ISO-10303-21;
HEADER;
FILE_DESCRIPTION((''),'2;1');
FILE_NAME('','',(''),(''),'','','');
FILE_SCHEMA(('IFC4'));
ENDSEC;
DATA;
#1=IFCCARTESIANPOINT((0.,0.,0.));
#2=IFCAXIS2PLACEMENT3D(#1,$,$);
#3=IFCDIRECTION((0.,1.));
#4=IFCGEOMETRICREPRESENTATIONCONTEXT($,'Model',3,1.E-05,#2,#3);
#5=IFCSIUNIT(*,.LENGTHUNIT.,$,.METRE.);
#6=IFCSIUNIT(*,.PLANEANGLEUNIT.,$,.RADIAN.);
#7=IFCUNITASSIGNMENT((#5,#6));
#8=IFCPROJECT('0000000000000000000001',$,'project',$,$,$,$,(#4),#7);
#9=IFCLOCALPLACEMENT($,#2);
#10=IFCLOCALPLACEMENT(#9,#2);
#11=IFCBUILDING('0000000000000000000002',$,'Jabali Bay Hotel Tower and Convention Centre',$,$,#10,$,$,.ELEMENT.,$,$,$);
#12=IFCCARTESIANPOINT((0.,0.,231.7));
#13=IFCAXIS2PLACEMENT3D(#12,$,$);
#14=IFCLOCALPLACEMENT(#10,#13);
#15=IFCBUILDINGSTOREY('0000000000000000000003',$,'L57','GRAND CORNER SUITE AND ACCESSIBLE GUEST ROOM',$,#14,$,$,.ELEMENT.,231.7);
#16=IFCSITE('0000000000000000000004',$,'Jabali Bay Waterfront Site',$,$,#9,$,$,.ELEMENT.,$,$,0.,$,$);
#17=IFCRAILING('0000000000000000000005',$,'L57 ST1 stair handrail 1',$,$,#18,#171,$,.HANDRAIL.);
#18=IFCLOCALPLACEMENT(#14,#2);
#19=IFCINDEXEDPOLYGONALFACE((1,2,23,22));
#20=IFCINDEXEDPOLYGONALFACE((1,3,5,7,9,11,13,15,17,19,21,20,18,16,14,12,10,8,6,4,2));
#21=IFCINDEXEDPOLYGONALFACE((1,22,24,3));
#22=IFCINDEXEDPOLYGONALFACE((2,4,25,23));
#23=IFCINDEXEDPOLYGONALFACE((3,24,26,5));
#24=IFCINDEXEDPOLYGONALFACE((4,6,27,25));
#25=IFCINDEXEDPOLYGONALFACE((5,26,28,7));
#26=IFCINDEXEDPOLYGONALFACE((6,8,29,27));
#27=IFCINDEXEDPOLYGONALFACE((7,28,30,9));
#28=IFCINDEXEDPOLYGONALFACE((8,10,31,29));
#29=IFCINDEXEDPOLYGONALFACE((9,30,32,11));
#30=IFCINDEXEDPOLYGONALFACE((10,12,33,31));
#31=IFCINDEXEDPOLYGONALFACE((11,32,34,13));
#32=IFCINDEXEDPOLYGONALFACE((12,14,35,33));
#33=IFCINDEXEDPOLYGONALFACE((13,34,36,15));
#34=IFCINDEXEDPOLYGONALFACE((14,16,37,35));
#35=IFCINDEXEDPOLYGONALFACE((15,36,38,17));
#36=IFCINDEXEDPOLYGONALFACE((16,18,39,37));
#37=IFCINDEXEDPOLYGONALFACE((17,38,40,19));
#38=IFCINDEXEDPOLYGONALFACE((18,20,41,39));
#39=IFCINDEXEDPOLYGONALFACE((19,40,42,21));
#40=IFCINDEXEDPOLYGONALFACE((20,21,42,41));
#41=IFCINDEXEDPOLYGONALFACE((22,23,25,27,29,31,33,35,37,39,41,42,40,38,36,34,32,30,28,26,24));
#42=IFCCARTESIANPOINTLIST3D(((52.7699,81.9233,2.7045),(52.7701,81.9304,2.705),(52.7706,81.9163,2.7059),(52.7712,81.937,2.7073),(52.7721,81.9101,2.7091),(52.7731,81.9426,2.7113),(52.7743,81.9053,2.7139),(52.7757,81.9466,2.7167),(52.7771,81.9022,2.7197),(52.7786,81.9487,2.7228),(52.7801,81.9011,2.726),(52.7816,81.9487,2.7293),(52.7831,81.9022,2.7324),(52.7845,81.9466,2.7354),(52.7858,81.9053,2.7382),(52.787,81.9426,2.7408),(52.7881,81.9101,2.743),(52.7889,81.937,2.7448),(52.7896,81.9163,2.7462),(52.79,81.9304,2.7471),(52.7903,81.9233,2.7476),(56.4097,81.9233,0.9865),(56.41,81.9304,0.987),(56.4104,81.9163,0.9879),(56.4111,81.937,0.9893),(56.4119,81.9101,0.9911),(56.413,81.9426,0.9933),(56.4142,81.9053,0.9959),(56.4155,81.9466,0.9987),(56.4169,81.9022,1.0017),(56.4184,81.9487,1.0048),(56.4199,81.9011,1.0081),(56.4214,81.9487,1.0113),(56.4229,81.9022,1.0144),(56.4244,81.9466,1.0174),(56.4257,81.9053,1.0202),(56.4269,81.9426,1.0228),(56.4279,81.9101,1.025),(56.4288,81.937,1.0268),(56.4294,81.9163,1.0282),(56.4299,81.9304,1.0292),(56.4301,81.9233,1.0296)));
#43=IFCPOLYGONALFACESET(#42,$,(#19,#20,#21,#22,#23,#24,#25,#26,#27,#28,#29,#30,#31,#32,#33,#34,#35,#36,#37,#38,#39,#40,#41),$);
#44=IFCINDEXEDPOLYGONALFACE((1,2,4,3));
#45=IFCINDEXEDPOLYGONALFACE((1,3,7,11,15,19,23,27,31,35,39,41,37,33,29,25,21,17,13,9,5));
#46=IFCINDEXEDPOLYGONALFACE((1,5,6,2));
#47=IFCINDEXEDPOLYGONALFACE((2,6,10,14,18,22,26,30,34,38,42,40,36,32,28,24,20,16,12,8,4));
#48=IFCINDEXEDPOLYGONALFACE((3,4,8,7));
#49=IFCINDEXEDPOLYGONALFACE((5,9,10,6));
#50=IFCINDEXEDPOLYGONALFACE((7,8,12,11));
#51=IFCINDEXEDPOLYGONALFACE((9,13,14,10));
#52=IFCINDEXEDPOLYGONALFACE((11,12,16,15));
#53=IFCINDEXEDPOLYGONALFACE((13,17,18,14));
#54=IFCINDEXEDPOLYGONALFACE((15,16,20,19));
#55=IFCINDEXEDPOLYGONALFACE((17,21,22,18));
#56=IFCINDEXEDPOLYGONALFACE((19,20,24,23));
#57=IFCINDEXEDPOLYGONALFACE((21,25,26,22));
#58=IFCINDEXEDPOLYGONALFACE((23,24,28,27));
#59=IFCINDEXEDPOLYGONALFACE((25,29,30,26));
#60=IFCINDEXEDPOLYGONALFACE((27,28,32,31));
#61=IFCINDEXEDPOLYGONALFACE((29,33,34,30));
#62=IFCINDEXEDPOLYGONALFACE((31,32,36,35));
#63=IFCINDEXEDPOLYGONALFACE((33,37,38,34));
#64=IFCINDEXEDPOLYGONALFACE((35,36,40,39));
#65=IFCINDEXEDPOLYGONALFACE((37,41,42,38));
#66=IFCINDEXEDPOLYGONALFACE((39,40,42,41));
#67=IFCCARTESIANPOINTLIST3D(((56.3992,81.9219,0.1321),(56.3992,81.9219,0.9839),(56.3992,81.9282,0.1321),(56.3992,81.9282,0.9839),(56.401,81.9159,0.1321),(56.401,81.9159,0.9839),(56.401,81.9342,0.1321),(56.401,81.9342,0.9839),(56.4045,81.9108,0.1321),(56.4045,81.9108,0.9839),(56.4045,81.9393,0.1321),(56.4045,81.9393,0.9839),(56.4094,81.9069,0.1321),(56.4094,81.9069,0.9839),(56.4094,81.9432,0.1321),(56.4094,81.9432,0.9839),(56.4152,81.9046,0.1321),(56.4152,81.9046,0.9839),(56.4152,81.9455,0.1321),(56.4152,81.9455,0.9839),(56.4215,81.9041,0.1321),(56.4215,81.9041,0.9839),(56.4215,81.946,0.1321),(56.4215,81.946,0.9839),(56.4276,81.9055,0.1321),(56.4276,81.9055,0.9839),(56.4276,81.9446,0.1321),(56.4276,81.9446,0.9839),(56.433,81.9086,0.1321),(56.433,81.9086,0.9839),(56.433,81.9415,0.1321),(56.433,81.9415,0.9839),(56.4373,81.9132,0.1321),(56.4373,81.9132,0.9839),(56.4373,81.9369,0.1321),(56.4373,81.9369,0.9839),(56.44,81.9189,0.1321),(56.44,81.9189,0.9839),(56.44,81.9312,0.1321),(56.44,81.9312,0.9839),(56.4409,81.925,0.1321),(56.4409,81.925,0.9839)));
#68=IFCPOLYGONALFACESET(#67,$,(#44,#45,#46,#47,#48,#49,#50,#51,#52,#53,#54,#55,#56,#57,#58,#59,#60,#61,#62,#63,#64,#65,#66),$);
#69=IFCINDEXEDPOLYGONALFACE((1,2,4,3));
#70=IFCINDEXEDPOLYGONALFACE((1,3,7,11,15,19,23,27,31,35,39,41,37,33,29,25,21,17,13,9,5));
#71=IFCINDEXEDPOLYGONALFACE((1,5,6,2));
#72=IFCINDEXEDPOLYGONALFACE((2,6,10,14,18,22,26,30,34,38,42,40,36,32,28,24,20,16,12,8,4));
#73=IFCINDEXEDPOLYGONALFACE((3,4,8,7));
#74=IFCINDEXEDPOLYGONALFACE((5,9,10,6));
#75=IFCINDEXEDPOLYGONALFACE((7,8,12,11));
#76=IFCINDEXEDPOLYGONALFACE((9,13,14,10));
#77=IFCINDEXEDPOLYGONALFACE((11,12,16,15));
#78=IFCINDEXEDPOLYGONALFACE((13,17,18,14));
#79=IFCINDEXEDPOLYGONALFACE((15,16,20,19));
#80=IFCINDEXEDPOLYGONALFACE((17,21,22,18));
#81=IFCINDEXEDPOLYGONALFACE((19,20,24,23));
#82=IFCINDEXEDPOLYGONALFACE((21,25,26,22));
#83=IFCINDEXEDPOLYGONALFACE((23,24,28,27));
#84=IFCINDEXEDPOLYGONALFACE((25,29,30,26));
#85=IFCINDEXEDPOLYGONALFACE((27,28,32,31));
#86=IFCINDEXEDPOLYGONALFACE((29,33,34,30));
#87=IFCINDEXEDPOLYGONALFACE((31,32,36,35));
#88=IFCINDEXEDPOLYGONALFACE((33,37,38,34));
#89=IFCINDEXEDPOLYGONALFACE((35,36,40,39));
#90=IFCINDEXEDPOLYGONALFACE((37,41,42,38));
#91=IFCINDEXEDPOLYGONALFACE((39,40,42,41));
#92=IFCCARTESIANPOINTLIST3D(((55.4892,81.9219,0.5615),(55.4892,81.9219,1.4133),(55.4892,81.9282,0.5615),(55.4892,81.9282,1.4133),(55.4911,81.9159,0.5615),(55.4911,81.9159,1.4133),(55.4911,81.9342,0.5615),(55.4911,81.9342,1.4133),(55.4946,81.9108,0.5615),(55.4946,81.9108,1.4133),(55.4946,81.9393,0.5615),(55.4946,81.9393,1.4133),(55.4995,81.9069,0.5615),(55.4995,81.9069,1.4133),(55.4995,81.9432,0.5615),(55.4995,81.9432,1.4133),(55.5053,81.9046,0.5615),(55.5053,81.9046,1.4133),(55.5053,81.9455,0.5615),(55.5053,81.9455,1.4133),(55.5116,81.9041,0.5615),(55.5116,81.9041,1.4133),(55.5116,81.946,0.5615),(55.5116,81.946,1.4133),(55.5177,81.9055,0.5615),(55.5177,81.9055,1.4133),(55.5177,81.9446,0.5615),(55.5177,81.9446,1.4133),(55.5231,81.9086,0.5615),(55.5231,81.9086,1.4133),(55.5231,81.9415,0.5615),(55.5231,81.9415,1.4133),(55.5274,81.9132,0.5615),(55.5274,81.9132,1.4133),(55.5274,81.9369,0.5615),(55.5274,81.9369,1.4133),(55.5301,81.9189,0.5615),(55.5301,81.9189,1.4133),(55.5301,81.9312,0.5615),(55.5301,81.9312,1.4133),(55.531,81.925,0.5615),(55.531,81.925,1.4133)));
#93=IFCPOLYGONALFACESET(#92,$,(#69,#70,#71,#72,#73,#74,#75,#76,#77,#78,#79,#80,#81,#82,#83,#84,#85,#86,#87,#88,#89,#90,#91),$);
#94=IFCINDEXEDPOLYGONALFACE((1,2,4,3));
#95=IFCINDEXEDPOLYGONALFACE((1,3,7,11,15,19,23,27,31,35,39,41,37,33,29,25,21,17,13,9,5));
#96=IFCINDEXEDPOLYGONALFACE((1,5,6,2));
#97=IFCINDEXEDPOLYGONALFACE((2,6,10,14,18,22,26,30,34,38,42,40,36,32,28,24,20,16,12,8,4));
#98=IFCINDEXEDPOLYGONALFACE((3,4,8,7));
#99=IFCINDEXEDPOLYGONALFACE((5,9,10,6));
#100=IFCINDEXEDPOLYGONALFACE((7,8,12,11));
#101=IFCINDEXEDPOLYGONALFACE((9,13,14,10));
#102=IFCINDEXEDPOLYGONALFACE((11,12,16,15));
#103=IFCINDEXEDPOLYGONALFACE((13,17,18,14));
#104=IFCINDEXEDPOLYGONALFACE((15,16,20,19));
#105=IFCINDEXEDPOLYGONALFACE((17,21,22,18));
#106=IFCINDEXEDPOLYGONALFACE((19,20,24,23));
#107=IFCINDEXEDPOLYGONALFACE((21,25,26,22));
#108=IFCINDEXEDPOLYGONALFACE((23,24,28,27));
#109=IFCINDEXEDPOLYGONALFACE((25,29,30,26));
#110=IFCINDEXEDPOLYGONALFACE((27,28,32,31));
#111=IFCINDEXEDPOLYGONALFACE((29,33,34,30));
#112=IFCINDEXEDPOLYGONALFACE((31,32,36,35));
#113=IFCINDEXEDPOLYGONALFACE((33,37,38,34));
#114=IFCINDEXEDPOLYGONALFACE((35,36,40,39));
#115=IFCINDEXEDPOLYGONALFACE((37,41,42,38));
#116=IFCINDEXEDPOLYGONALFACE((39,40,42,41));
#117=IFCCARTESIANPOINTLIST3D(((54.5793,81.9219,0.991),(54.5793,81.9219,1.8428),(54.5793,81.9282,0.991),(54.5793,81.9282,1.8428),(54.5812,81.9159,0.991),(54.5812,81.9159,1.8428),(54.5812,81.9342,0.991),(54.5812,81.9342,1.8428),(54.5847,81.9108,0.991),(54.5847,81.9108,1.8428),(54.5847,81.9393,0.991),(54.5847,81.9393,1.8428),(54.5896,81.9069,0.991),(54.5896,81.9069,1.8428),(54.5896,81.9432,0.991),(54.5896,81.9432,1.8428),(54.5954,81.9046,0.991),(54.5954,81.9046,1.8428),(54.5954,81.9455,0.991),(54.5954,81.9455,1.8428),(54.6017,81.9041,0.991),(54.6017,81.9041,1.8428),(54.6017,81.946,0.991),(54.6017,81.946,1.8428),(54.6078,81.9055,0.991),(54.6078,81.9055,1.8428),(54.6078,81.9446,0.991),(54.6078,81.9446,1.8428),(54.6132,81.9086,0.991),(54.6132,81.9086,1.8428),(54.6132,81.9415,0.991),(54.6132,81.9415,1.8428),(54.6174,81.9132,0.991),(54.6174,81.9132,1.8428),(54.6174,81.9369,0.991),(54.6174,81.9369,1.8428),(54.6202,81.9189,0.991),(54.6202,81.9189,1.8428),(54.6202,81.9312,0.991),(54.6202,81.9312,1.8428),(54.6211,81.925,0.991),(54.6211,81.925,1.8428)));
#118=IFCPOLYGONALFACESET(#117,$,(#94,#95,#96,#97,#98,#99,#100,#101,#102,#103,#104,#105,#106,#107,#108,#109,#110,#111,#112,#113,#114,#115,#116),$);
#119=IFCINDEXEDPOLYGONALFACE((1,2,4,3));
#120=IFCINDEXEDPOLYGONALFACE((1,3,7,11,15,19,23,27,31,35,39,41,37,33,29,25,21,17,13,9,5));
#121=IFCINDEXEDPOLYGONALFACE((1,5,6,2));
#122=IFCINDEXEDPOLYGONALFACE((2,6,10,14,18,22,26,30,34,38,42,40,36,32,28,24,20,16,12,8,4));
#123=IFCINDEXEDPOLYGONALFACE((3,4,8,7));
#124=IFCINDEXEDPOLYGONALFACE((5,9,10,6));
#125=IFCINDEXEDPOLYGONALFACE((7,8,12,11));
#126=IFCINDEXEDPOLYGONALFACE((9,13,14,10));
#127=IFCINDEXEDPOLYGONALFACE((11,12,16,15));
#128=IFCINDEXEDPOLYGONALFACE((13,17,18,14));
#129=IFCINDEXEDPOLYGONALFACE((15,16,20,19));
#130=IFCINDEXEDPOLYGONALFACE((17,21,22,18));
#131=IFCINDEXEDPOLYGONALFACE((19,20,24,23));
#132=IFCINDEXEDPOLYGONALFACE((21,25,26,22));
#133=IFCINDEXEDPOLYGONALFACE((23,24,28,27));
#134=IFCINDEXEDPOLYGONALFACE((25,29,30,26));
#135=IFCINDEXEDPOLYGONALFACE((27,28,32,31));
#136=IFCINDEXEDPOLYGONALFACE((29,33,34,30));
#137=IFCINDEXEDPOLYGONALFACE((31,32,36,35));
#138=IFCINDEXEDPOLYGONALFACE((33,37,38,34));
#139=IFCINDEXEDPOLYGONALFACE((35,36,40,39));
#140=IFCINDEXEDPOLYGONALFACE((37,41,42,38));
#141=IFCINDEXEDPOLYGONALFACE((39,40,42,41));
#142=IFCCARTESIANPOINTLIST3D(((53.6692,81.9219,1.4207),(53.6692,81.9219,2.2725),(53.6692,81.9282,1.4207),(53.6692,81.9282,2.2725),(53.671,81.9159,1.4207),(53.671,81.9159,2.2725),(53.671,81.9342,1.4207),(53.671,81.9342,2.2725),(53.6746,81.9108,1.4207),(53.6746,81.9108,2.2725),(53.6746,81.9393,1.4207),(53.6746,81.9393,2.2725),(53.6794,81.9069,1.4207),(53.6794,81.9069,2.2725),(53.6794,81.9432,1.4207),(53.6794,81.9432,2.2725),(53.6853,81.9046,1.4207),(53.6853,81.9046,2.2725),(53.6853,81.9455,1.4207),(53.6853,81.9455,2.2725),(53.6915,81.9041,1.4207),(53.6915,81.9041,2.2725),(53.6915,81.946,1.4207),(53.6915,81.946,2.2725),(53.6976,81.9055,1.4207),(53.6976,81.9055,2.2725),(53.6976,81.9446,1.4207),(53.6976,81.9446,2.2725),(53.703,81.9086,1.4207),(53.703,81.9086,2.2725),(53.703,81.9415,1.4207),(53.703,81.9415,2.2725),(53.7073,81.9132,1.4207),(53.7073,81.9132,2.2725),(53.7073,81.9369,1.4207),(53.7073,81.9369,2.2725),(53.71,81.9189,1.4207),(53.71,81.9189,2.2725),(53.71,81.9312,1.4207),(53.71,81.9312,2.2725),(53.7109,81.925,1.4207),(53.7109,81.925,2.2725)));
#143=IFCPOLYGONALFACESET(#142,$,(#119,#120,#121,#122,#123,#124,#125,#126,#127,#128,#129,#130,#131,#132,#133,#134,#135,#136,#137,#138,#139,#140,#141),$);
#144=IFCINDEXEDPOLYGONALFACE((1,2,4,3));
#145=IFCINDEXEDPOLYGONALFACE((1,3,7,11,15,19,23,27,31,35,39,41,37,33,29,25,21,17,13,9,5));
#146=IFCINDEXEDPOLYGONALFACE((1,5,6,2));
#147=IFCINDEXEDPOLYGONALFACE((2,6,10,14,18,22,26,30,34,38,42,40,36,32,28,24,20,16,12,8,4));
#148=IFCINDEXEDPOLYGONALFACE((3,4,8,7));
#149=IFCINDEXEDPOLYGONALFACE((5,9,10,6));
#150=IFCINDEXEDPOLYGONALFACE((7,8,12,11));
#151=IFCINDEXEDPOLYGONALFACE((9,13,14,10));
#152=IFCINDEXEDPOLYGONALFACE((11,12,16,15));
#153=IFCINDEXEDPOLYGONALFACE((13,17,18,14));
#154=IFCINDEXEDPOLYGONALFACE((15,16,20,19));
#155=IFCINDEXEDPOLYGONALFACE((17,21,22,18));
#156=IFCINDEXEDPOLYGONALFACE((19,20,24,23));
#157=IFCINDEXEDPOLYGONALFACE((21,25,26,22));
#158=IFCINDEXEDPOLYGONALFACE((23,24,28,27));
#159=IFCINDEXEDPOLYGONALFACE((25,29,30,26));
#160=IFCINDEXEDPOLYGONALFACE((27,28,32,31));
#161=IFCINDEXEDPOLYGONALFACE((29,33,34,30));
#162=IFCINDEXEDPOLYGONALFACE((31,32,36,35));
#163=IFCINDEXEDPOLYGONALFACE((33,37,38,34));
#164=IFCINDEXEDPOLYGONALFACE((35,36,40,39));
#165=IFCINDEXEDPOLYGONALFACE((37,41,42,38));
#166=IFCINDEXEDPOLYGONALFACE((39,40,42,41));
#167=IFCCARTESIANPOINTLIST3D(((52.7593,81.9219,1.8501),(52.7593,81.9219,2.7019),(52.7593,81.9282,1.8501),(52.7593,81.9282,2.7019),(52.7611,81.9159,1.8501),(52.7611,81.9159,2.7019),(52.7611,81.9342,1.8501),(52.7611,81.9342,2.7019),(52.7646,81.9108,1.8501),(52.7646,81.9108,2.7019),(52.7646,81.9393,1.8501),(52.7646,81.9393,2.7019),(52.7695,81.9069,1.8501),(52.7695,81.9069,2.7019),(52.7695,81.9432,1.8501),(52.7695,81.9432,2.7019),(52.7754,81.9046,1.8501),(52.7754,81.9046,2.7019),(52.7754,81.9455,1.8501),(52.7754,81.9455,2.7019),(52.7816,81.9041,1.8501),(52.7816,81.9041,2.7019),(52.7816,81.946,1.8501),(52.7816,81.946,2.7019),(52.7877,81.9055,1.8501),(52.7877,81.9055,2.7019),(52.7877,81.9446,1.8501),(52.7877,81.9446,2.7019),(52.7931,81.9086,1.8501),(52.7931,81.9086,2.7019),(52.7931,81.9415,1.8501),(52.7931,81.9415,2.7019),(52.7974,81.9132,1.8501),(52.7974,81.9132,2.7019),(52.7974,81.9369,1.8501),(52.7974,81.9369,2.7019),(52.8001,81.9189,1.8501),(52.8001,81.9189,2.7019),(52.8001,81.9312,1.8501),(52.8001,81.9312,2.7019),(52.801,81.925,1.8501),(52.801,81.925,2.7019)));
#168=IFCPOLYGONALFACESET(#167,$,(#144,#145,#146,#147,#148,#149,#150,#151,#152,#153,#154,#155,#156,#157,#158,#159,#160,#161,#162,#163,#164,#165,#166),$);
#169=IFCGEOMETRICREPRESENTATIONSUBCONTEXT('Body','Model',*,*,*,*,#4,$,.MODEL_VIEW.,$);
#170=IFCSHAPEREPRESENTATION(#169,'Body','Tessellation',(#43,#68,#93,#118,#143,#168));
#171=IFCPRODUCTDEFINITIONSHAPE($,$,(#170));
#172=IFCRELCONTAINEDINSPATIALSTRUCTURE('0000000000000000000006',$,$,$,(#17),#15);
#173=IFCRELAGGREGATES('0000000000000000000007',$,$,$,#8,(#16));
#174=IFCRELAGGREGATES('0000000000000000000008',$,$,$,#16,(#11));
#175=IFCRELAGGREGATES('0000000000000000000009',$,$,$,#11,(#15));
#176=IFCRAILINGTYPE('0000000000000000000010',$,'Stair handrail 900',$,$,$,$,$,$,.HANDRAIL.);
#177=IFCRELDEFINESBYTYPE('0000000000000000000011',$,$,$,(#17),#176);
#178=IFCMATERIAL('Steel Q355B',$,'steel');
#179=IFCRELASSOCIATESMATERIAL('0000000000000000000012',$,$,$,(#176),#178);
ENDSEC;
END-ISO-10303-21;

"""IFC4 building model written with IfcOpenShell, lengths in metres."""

from ifc_helpers import new_model, si_unit, direction, frame, origin, origin_2d, place, context, subcontext, project, spatial, circle, extrude, material, type_object, element, save


model = new_model("IFC4")

# Units and contexts
model_context = context("Model", 3, precision=1e-05, world=origin(), true_north=direction((0.0, 1.0)))
body_context = subcontext(model_context, "Body", "Model", "MODEL_VIEW")
ifc_project = project(units=[si_unit("LENGTHUNIT", "METRE"), si_unit("PLANEANGLEUNIT", "RADIAN")], contexts=[model_context])

# Site, building, storey
site_placement = place(None, origin())
site = spatial("IfcSite", under=ifc_project, at=site_placement, Name="Jabali Bay Waterfront Site", CompositionType="ELEMENT", RefElevation=0.0)
building_placement = place(site_placement, origin())
building = spatial("IfcBuilding", under=site, at=building_placement, Name="Jabali Bay Hotel Tower and Convention Centre", CompositionType="ELEMENT")
storey_placement = place(building_placement, frame((0.0, 0.0, 231.7)))
storey = spatial("IfcBuildingStorey", under=building, at=storey_placement, Name="L57", Description="GRAND CORNER SUITE AND ACCESSIBLE GUEST ROOM", CompositionType="ELEMENT", Elevation=231.7)

# Railing
ifc_material_1 = material(Name="Steel Q355B", Category="steel")
railing_type_1 = type_object("IfcRailingType", Name="Stair handrail 900", PredefinedType="HANDRAIL", material=ifc_material_1)
railing_1_placement = place(storey_placement, frame((56.4199, 81.925, 0.1321)))
element("IfcRailing", 1, at=railing_1_placement, inside=storey, type_object=railing_type_1, Name="L57 ST1 stair handrail 1", PredefinedType="HANDRAIL", context=body_context, shape_type="SweptSolid", body=[
    extrude(circle(Radius=0.0239, at=origin_2d()), frame((0.0, 0.0, 0.876), z_axis=(-0.904327, 0.0, 0.42684), x_axis=(0.0, -1.0, 0.0)), (0.0, 0.0, 1.0), 4.0249),
    extrude(circle(Radius=0.021, at=origin_2d()), origin(), (0.0, 0.0, 1.0), 0.8518),
    extrude(circle(Radius=0.021, at=origin_2d()), frame((-0.9099, 0.0, 0.4294)), (0.0, 0.0, 1.0), 0.8518),
    extrude(circle(Radius=0.021, at=origin_2d()), frame((-1.8198, 0.0, 0.8589)), (0.0, 0.0, 1.0), 0.8518),
    extrude(circle(Radius=0.021, at=origin_2d()), frame((-2.73, 0.0, 1.2886)), (0.0, 0.0, 1.0), 0.8518),
    extrude(circle(Radius=0.021, at=origin_2d()), frame((-3.6399, 0.0, 1.718)), (0.0, 0.0, 1.0), 0.8518),
])

save(model, "model.ifc")
